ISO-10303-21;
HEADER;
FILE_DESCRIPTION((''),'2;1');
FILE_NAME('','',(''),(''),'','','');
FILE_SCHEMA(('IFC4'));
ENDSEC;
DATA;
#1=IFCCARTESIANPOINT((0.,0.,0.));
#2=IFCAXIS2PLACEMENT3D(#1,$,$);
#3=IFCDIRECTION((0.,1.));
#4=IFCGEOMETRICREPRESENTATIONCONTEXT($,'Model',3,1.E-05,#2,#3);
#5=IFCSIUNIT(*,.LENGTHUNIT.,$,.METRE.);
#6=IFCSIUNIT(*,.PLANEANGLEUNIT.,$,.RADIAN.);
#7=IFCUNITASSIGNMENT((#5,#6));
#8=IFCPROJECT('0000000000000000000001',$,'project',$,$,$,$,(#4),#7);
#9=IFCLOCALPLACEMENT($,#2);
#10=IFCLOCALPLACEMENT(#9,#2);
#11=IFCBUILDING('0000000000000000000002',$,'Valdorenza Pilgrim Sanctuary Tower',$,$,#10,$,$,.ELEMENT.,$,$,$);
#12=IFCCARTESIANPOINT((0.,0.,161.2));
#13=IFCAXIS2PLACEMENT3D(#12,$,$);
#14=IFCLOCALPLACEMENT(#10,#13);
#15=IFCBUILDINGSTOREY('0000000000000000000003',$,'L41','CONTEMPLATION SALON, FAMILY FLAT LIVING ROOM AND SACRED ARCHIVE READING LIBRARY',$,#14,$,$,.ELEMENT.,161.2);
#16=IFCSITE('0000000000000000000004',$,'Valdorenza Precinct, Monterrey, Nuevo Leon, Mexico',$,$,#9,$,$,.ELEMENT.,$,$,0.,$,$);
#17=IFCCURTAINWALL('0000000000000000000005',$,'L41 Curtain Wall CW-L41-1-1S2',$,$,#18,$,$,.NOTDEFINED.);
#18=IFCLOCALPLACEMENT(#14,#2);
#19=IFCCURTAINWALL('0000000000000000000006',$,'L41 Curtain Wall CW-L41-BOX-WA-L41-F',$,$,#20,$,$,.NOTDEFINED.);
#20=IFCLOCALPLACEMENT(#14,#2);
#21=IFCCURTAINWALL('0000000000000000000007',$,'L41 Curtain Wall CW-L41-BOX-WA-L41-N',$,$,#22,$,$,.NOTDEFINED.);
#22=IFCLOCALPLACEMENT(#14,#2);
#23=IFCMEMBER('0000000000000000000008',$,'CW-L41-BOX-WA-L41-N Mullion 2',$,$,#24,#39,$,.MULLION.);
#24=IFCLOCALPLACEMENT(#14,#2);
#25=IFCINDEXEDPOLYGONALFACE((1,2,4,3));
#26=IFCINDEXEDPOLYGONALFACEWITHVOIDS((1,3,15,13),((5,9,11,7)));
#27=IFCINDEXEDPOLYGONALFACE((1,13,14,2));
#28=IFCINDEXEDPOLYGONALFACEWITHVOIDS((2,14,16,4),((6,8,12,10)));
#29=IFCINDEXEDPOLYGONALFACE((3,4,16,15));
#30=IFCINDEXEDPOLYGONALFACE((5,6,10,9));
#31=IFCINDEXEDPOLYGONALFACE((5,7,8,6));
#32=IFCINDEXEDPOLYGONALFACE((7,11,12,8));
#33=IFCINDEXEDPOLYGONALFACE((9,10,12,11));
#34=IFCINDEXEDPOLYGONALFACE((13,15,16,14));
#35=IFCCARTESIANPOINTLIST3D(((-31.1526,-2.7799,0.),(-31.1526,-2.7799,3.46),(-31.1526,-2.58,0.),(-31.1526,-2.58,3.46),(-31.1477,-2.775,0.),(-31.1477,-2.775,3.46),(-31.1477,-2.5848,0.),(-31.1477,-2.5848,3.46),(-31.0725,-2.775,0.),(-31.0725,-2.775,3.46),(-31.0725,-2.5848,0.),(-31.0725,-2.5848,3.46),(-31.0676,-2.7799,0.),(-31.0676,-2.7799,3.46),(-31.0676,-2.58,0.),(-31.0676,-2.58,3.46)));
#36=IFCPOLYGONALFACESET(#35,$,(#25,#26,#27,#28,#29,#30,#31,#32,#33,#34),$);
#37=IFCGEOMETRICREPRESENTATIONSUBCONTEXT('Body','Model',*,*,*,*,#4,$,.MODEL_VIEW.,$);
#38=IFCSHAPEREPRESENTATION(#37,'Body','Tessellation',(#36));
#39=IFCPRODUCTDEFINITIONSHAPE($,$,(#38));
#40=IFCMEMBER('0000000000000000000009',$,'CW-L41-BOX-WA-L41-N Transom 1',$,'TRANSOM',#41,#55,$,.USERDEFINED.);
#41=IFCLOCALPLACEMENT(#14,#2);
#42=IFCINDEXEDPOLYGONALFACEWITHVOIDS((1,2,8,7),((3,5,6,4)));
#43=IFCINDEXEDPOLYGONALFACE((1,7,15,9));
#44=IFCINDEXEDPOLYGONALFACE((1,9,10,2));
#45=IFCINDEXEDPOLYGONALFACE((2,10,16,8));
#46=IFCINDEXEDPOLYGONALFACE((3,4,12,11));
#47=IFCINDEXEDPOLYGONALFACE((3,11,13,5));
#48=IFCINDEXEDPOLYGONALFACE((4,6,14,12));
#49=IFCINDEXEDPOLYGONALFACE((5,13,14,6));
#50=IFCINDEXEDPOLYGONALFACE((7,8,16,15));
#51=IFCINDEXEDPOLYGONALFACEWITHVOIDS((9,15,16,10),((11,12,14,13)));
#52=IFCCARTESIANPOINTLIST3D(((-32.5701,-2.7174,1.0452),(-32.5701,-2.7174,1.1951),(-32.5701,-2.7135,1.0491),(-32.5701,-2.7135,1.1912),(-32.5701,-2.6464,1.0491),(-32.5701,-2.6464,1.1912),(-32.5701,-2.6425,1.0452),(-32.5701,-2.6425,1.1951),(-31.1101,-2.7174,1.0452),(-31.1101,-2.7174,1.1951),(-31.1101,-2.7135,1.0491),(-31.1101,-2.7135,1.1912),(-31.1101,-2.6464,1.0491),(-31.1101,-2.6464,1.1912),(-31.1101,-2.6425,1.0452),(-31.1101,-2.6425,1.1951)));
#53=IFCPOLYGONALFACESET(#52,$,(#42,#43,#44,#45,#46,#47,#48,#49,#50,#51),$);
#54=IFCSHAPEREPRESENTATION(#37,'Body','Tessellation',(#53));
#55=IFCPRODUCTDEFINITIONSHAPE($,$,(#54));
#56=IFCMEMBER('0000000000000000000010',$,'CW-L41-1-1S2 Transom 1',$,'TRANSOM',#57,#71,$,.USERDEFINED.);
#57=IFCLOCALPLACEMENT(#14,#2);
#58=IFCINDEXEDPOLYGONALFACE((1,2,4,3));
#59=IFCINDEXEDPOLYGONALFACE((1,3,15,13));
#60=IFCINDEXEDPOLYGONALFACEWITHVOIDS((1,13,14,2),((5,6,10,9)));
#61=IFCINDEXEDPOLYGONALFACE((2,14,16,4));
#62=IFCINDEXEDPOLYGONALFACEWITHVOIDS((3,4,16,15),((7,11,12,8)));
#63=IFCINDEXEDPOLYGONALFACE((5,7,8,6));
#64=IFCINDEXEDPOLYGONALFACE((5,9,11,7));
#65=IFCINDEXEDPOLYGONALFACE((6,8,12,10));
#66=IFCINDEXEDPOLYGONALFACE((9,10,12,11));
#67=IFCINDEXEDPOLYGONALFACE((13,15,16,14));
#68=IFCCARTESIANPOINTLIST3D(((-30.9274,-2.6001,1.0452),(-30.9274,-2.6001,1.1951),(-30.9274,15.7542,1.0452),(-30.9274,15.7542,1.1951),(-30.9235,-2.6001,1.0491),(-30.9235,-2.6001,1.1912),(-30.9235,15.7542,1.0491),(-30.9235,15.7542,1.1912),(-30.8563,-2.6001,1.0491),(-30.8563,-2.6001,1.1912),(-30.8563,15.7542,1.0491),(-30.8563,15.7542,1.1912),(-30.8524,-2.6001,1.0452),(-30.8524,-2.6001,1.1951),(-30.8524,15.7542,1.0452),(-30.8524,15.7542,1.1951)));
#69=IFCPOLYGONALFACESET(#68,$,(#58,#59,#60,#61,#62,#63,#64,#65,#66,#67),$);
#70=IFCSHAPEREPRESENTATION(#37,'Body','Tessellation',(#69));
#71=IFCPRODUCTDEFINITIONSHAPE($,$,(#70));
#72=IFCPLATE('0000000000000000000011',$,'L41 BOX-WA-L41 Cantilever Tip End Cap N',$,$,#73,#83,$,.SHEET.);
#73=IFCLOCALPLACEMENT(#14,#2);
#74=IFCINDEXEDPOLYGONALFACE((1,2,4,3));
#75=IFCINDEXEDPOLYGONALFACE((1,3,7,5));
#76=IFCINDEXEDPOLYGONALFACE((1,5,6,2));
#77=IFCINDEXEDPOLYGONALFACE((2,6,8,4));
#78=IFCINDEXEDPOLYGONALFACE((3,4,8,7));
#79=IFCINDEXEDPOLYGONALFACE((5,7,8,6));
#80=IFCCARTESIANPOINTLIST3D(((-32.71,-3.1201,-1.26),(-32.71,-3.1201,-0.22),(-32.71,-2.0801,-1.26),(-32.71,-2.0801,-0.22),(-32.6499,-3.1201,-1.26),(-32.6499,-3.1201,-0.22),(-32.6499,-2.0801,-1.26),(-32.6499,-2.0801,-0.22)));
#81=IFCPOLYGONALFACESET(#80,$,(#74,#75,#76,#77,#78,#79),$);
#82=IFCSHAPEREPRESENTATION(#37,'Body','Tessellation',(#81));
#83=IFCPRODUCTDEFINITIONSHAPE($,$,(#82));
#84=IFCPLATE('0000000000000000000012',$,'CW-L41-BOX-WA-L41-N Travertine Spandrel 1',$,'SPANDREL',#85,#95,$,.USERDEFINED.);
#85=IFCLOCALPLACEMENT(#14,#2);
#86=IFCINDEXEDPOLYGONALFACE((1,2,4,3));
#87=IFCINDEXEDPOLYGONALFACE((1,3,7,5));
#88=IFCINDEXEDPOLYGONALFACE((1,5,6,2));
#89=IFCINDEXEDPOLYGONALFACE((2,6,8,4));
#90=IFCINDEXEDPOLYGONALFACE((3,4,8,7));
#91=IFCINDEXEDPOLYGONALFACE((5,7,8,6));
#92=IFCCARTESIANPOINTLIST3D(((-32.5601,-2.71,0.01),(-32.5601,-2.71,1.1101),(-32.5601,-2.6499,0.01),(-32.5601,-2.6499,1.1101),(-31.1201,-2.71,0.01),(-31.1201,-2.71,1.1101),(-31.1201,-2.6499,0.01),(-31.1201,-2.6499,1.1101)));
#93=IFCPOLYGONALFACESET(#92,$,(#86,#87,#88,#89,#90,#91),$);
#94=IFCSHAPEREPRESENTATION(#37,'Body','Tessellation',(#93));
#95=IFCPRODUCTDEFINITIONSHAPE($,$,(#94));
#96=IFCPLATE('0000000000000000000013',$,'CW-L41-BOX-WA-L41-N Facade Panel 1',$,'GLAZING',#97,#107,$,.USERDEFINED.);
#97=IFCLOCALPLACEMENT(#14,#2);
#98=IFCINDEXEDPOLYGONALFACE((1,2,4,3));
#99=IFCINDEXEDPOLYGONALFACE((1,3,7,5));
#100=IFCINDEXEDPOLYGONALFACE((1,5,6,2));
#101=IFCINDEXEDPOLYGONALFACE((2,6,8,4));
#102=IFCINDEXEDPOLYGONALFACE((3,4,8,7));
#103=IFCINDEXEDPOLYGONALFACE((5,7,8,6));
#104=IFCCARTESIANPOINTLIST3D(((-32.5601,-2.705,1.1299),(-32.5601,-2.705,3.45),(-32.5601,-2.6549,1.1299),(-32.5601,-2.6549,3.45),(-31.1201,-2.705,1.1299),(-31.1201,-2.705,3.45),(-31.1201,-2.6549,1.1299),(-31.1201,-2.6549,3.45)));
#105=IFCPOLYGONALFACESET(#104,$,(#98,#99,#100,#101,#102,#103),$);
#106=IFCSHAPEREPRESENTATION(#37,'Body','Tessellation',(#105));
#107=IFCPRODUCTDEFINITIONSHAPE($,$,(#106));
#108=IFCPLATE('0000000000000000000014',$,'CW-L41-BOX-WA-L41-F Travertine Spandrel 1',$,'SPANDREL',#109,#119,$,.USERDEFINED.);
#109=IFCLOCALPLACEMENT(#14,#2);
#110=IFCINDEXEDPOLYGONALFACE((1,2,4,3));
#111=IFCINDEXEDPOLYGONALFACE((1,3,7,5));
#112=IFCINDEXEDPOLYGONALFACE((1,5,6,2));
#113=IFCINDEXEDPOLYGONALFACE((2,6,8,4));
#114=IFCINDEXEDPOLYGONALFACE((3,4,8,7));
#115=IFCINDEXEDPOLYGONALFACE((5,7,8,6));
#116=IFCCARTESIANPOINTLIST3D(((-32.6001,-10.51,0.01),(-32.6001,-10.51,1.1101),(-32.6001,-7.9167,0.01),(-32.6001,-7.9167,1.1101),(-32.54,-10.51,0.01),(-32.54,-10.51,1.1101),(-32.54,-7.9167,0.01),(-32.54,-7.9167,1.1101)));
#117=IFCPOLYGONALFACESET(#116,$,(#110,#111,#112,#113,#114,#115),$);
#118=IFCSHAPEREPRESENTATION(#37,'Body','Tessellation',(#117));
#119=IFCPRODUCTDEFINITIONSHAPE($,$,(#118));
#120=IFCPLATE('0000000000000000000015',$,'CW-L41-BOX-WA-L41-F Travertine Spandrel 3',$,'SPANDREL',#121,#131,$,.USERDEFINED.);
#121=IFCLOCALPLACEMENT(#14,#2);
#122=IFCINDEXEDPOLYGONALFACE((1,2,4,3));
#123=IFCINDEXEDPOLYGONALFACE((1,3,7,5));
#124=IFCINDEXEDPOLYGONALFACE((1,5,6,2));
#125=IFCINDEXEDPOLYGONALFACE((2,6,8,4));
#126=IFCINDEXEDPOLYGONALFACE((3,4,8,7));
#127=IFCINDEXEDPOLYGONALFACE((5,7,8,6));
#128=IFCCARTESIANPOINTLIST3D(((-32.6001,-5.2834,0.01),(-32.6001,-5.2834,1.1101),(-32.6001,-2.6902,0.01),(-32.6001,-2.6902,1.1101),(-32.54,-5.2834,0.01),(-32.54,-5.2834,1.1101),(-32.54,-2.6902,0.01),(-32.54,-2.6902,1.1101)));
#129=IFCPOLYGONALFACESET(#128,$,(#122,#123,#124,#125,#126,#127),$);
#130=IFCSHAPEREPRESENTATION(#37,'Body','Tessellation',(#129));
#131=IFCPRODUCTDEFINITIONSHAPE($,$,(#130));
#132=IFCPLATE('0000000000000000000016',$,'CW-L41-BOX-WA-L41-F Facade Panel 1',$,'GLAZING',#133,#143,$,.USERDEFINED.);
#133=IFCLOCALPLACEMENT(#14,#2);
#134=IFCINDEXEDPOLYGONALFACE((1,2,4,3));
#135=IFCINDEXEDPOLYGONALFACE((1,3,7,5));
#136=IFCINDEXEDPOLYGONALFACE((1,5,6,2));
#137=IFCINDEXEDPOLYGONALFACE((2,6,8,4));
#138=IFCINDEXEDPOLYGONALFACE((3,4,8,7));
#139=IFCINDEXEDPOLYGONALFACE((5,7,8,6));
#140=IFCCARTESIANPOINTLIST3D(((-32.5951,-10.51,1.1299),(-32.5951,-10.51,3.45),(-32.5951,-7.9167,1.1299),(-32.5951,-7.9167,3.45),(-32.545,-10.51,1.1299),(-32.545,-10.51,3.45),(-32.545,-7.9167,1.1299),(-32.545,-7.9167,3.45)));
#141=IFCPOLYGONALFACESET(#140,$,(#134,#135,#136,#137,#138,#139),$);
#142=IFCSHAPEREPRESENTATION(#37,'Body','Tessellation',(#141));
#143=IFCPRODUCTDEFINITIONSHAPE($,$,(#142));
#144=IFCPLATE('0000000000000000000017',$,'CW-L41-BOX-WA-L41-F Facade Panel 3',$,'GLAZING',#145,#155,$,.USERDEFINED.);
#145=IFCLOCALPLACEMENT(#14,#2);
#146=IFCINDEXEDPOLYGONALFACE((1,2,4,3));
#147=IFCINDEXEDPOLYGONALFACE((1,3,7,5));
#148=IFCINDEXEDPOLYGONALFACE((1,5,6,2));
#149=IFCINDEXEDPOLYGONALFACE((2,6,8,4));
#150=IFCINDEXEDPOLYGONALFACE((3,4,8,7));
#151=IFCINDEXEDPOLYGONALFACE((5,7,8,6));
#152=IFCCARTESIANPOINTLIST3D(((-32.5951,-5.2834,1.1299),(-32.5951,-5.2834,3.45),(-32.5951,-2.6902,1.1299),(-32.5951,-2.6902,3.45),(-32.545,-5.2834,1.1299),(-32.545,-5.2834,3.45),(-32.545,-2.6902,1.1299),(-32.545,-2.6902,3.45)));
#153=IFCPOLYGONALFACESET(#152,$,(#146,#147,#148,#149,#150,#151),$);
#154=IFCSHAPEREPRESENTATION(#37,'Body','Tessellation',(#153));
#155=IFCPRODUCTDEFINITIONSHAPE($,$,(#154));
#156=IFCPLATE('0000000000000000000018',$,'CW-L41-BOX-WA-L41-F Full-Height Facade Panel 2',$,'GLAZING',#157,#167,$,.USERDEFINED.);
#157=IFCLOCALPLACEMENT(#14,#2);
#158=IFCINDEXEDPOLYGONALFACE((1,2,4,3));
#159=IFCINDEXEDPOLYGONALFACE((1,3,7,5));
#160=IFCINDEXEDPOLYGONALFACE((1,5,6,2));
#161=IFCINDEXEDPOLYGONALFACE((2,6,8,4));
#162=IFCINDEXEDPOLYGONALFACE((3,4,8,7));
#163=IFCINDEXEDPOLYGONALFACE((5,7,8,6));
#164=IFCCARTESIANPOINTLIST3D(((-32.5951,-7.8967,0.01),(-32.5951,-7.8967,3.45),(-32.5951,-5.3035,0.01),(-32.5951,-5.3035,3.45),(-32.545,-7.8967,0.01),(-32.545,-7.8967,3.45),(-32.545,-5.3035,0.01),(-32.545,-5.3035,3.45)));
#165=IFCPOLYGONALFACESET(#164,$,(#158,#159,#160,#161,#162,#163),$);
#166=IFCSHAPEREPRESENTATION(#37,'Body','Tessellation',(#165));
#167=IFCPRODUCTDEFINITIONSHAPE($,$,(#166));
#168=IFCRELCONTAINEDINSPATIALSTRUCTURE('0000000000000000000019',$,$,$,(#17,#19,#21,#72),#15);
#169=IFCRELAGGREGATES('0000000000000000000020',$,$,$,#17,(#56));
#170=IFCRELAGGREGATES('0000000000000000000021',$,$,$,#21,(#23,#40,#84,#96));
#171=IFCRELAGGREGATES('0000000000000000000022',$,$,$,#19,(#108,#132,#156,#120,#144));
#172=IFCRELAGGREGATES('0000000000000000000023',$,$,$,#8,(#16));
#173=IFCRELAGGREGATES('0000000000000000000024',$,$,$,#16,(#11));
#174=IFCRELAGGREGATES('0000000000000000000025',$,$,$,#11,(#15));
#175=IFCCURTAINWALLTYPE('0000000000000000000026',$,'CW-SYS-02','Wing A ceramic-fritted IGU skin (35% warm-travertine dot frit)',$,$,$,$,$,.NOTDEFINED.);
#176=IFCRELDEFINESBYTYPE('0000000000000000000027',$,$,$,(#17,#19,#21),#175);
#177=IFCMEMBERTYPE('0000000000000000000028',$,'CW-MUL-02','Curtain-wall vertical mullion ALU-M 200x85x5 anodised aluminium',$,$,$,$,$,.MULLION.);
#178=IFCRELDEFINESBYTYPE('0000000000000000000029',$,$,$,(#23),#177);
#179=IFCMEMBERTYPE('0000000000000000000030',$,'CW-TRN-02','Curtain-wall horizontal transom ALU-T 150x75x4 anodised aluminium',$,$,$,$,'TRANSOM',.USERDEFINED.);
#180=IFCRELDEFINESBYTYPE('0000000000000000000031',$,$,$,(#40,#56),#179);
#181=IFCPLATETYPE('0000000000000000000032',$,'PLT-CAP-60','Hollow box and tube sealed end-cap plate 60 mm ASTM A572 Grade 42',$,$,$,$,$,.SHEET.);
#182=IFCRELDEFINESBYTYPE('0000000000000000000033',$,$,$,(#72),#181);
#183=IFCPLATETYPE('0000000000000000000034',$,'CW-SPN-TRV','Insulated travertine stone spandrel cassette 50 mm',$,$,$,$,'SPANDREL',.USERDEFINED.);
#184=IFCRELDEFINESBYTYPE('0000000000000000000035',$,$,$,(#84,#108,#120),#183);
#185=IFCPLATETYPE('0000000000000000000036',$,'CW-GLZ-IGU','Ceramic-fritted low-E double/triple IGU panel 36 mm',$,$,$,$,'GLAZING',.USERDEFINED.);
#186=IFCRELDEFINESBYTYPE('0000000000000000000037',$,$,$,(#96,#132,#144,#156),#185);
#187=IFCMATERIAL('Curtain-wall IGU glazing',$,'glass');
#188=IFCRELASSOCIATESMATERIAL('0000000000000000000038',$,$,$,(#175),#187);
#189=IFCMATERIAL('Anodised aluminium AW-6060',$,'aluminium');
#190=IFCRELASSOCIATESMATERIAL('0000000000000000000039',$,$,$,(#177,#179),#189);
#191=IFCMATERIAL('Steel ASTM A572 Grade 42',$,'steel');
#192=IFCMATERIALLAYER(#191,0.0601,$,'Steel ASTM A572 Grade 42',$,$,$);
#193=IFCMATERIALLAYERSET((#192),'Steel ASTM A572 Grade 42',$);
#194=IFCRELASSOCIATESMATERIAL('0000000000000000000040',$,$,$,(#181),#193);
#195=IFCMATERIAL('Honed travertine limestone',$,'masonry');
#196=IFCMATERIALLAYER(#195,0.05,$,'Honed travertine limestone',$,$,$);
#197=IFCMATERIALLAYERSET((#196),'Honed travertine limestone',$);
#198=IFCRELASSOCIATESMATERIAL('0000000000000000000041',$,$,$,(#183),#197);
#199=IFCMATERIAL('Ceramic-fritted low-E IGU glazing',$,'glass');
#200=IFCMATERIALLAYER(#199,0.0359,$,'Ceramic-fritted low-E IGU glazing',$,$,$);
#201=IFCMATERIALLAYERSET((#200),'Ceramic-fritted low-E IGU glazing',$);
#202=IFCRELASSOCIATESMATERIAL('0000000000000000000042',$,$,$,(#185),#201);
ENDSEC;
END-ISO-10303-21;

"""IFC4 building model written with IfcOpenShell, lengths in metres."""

from ifc_helpers import new_model, si_unit, direction, frame, origin, origin_2d, place, context, subcontext, project, spatial, rectangle, hollow_rectangle, extrude, source, transform, mapped, material, layer, layer_set, material_profile, profile_set, type_object, element, aggregate, save


model = new_model("IFC4")

# Units and contexts
model_context = context("Model", 3, precision=1e-05, world=origin(), true_north=direction((0.0, 1.0)))
body_context = subcontext(model_context, "Body", "Model", "MODEL_VIEW")
ifc_project = project(units=[si_unit("LENGTHUNIT", "METRE"), si_unit("PLANEANGLEUNIT", "RADIAN")], contexts=[model_context])

# Site, building, storey
site_placement = place(None, origin())
site = spatial("IfcSite", under=ifc_project, at=site_placement, Name="Valdorenza Precinct, Monterrey, Nuevo Leon, Mexico", CompositionType="ELEMENT", RefElevation=0.0)
building_placement = place(site_placement, origin())
building = spatial("IfcBuilding", under=site, at=building_placement, Name="Valdorenza Pilgrim Sanctuary Tower", CompositionType="ELEMENT")
storey_placement = place(building_placement, frame((0.0, 0.0, 161.2)))
storey = spatial("IfcBuildingStorey", under=building, at=storey_placement, Name="L41", Description="CONTEMPLATION SALON, FAMILY FLAT LIVING ROOM AND SACRED ARCHIVE READING LIBRARY", CompositionType="ELEMENT", Elevation=161.2)

# Shared definitions
ifc_material_1 = material(Name="Steel ASTM A572 Grade 42", Category="steel")

# Curtain wall
ifc_material_2 = material(Name="Curtain-wall IGU glazing", Category="glass")
curtain_wall_type = type_object("IfcCurtainWallType", Name="CW-SYS-02", Description="Wing A ceramic-fritted IGU skin (35% warm-travertine dot frit)", PredefinedType="NOTDEFINED", material=ifc_material_2)
curtain_wall_1_placement = place(storey_placement, origin())
curtain_wall_1 = element("IfcCurtainWall", 1, at=curtain_wall_1_placement, inside=storey, type_object=curtain_wall_type, Name="L41 Curtain Wall CW-L41-1-1S2", PredefinedType="NOTDEFINED")
ifc_material_3 = material(Name="Anodised aluminium AW-6060", Category="aluminium")
ifc_material_profile_1 = material_profile(ifc_material_3, hollow_rectangle(XDim=0.085, YDim=0.2, WallThickness=0.0049, at=origin_2d()), Name="ALU-M 200x85x5")
ifc_profile_set_1 = profile_set([ifc_material_profile_1], Name="Anodised aluminium AW-6060")
member_type_1 = type_object("IfcMemberType", Name="CW-MUL-02", Description="Curtain-wall vertical mullion ALU-M 200x85x5 anodised aluminium", PredefinedType="MULLION", material=ifc_profile_set_1)
shared_shape_1 = source(origin(), body_context, "Body", "SweptSolid", [
    extrude(hollow_rectangle(XDim=0.085, YDim=0.2, WallThickness=0.0049, at=origin_2d()), origin(), (0.0, 0.0, 1.0), 3.46),
])

# Curtain walls, members
curtain_wall_2_placement = place(storey_placement, origin())
curtain_wall_2 = element("IfcCurtainWall", 2, at=curtain_wall_2_placement, inside=storey, type_object=curtain_wall_type, Name="L41 Curtain Wall CW-L41-BOX-WA-L41-F", PredefinedType="NOTDEFINED")
curtain_wall_3_placement = place(storey_placement, origin())
curtain_wall_3 = element("IfcCurtainWall", 3, at=curtain_wall_3_placement, inside=storey, type_object=curtain_wall_type, Name="L41 Curtain Wall CW-L41-BOX-WA-L41-N", PredefinedType="NOTDEFINED")
member_1_placement = place(storey_placement, frame((-31.1101, -2.6799, 0.0), z_axis=(0.0, 0.0, 1.0), x_axis=(1.0, 0.0, 0.0)))
member_1 = element("IfcMember", 4, at=member_1_placement, type_object=member_type_1, Name="CW-L41-BOX-WA-L41-N Mullion 2", PredefinedType="MULLION", context=body_context, shape_type="MappedRepresentation", body=[
    mapped(shared_shape_1, transform((0.0, 0.0, 0.0), x_axis=(1.0, 0.0, 0.0), y_axis=(0.0, 1.0, 0.0), z_axis=(0.0, 0.0, 1.0), scale=1.0)),
])
ifc_material_profile_2 = material_profile(ifc_material_3, hollow_rectangle(XDim=0.075, YDim=0.1499, WallThickness=0.0039, at=origin_2d()), Name="ALU-T 150x75x4")
ifc_profile_set_2 = profile_set([ifc_material_profile_2], Name="Anodised aluminium AW-6060")
member_type_2 = type_object("IfcMemberType", Name="CW-TRN-02", Description="Curtain-wall horizontal transom ALU-T 150x75x4 anodised aluminium", ElementType="TRANSOM", PredefinedType="USERDEFINED", material=ifc_profile_set_2)
shared_shape_2 = source(origin(), body_context, "Body", "SweptSolid", [
    extrude(hollow_rectangle(XDim=0.075, YDim=0.1499, WallThickness=0.0039, at=origin_2d()), origin(), (0.0, 0.0, 1.0), 1.46),
])
member_2_placement = place(storey_placement, frame((-32.5701, -2.6799, 1.1201), z_axis=(1.0, 0.0, 0.0), x_axis=(0.0, 1.0, 0.0)))
member_2 = element("IfcMember", 5, at=member_2_placement, type_object=member_type_2, Name="CW-L41-BOX-WA-L41-N Transom 1", ObjectType="TRANSOM", PredefinedType="USERDEFINED", context=body_context, shape_type="MappedRepresentation", body=[
    mapped(shared_shape_2, transform((0.0, 0.0, 0.0), x_axis=(1.0, 0.0, 0.0), y_axis=(0.0, 1.0, 0.0), z_axis=(0.0, 0.0, 1.0), scale=1.0)),
])

# Member
shared_shape_3 = source(origin(), body_context, "Body", "SweptSolid", [
    extrude(hollow_rectangle(XDim=0.075, YDim=0.1499, WallThickness=0.0039, at=origin_2d()), origin(), (0.0, 0.0, 1.0), 18.3542),
])
member_3_placement = place(storey_placement, frame((-30.8899, -2.6001, 1.1201), z_axis=(0.0, 1.0, 0.0), x_axis=(-1.0, 0.0, 0.0)))
member_3 = element("IfcMember", 6, at=member_3_placement, type_object=member_type_2, Name="CW-L41-1-1S2 Transom 1", ObjectType="TRANSOM", PredefinedType="USERDEFINED", context=body_context, shape_type="MappedRepresentation", body=[
    mapped(shared_shape_3, transform((0.0, 0.0, 0.0), x_axis=(1.0, 0.0, 0.0), y_axis=(0.0, 1.0, 0.0), z_axis=(0.0, 0.0, 1.0), scale=1.0)),
])
aggregate(curtain_wall_1, [member_3])

# Plates
ifc_layer_1 = layer(ifc_material_1, 0.0601, Name="Steel ASTM A572 Grade 42")
ifc_layer_set_1 = layer_set([ifc_layer_1], Name="Steel ASTM A572 Grade 42")
plate_type_1 = type_object("IfcPlateType", Name="PLT-CAP-60", Description="Hollow box and tube sealed end-cap plate 60 mm ASTM A572 Grade 42", PredefinedType="SHEET", material=ifc_layer_set_1)
shared_shape_4 = source(origin(), body_context, "Body", "SweptSolid", [
    extrude(rectangle(XDim=0.0601, YDim=1.04, at=origin_2d()), origin(), (0.0, 0.0, 1.0), 1.04),
])
plate_1_placement = place(storey_placement, frame((-32.6799, -2.6001, -1.26), z_axis=(0.0, 0.0, 1.0), x_axis=(1.0, 0.0, 0.0)))
element("IfcPlate", 7, at=plate_1_placement, inside=storey, type_object=plate_type_1, Name="L41 BOX-WA-L41 Cantilever Tip End Cap N", PredefinedType="SHEET", context=body_context, shape_type="MappedRepresentation", body=[
    mapped(shared_shape_4, transform((0.0, 0.0, 0.0), x_axis=(1.0, 0.0, 0.0), y_axis=(0.0, 1.0, 0.0), z_axis=(0.0, 0.0, 1.0), scale=1.0)),
])
ifc_material_4 = material(Name="Honed travertine limestone", Category="masonry")
ifc_layer_2 = layer(ifc_material_4, 0.05, Name="Honed travertine limestone")
ifc_layer_set_2 = layer_set([ifc_layer_2], Name="Honed travertine limestone")
plate_type_2 = type_object("IfcPlateType", Name="CW-SPN-TRV", Description="Insulated travertine stone spandrel cassette 50 mm", ElementType="SPANDREL", PredefinedType="USERDEFINED", material=ifc_layer_set_2)
shared_shape_5 = source(origin(), body_context, "Body", "SweptSolid", [
    extrude(rectangle(XDim=1.4399, YDim=0.0601, at=origin_2d()), origin(), (0.0, 0.0, 1.0), 1.1001),
])
plate_2_placement = place(storey_placement, frame((-31.8401, -2.6799, 0.01), z_axis=(0.0, 0.0, 1.0), x_axis=(1.0, 0.0, 0.0)))
plate_2 = element("IfcPlate", 8, at=plate_2_placement, type_object=plate_type_2, Name="CW-L41-BOX-WA-L41-N Travertine Spandrel 1", ObjectType="SPANDREL", PredefinedType="USERDEFINED", context=body_context, shape_type="MappedRepresentation", body=[
    mapped(shared_shape_5, transform((0.0, 0.0, 0.0), x_axis=(1.0, 0.0, 0.0), y_axis=(0.0, 1.0, 0.0), z_axis=(0.0, 0.0, 1.0), scale=1.0)),
])
ifc_material_5 = material(Name="Ceramic-fritted low-E IGU glazing", Category="glass")
ifc_layer_3 = layer(ifc_material_5, 0.0359, Name="Ceramic-fritted low-E IGU glazing")
ifc_layer_set_3 = layer_set([ifc_layer_3], Name="Ceramic-fritted low-E IGU glazing")
plate_type_3 = type_object("IfcPlateType", Name="CW-GLZ-IGU", Description="Ceramic-fritted low-E double/triple IGU panel 36 mm", ElementType="GLAZING", PredefinedType="USERDEFINED", material=ifc_layer_set_3)
shared_shape_6 = source(origin(), body_context, "Body", "SweptSolid", [
    extrude(rectangle(XDim=1.4399, YDim=0.05, at=origin_2d()), origin(), (0.0, 0.0, 1.0), 2.3201),
])
plate_3_placement = place(storey_placement, frame((-31.8401, -2.6799, 1.1299), z_axis=(0.0, 0.0, 1.0), x_axis=(1.0, 0.0, 0.0)))
plate_3 = element("IfcPlate", 9, at=plate_3_placement, type_object=plate_type_3, Name="CW-L41-BOX-WA-L41-N Facade Panel 1", ObjectType="GLAZING", PredefinedType="USERDEFINED", context=body_context, shape_type="MappedRepresentation", body=[
    mapped(shared_shape_6, transform((0.0, 0.0, 0.0), x_axis=(1.0, 0.0, 0.0), y_axis=(0.0, 1.0, 0.0), z_axis=(0.0, 0.0, 1.0), scale=1.0)),
])
aggregate(curtain_wall_3, [member_1, member_2, plate_2, plate_3])
shared_shape_7 = source(origin(), body_context, "Body", "SweptSolid", [
    extrude(rectangle(XDim=2.5933, YDim=0.0601, at=origin_2d()), origin(), (0.0, 0.0, 1.0), 1.1001),
])
plate_4_placement = place(storey_placement, frame((-32.5701, -9.2134, 0.01), z_axis=(0.0, 0.0, 1.0), x_axis=(0.0, 1.0, 0.0)))
plate_4 = element("IfcPlate", 10, at=plate_4_placement, type_object=plate_type_2, Name="CW-L41-BOX-WA-L41-F Travertine Spandrel 1", ObjectType="SPANDREL", PredefinedType="USERDEFINED", context=body_context, shape_type="MappedRepresentation", body=[
    mapped(shared_shape_7, transform((0.0, 0.0, 0.0), x_axis=(1.0, 0.0, 0.0), y_axis=(0.0, 1.0, 0.0), z_axis=(0.0, 0.0, 1.0), scale=1.0)),
])
plate_5_placement = place(storey_placement, frame((-32.5701, -3.9868, 0.01), z_axis=(0.0, 0.0, 1.0), x_axis=(0.0, 1.0, 0.0)))
plate_5 = element("IfcPlate", 11, at=plate_5_placement, type_object=plate_type_2, Name="CW-L41-BOX-WA-L41-F Travertine Spandrel 3", ObjectType="SPANDREL", PredefinedType="USERDEFINED", context=body_context, shape_type="MappedRepresentation", body=[
    mapped(shared_shape_7, transform((0.0, 0.0, 0.0), x_axis=(1.0, 0.0, 0.0), y_axis=(0.0, 1.0, 0.0), z_axis=(0.0, 0.0, 1.0), scale=1.0)),
])
shared_shape_8 = source(origin(), body_context, "Body", "SweptSolid", [
    extrude(rectangle(XDim=2.5933, YDim=0.05, at=origin_2d()), origin(), (0.0, 0.0, 1.0), 2.3201),
])
plate_6_placement = place(storey_placement, frame((-32.5701, -9.2134, 1.1299), z_axis=(0.0, 0.0, 1.0), x_axis=(0.0, 1.0, 0.0)))
plate_6 = element("IfcPlate", 12, at=plate_6_placement, type_object=plate_type_3, Name="CW-L41-BOX-WA-L41-F Facade Panel 1", ObjectType="GLAZING", PredefinedType="USERDEFINED", context=body_context, shape_type="MappedRepresentation", body=[
    mapped(shared_shape_8, transform((0.0, 0.0, 0.0), x_axis=(1.0, 0.0, 0.0), y_axis=(0.0, 1.0, 0.0), z_axis=(0.0, 0.0, 1.0), scale=1.0)),
])
plate_7_placement = place(storey_placement, frame((-32.5701, -3.9868, 1.1299), z_axis=(0.0, 0.0, 1.0), x_axis=(0.0, 1.0, 0.0)))
plate_7 = element("IfcPlate", 13, at=plate_7_placement, type_object=plate_type_3, Name="CW-L41-BOX-WA-L41-F Facade Panel 3", ObjectType="GLAZING", PredefinedType="USERDEFINED", context=body_context, shape_type="MappedRepresentation", body=[
    mapped(shared_shape_8, transform((0.0, 0.0, 0.0), x_axis=(1.0, 0.0, 0.0), y_axis=(0.0, 1.0, 0.0), z_axis=(0.0, 0.0, 1.0), scale=1.0)),
])
shared_shape_9 = source(origin(), body_context, "Body", "SweptSolid", [
    extrude(rectangle(XDim=2.5933, YDim=0.05, at=origin_2d()), origin(), (0.0, 0.0, 1.0), 3.4399),
])
plate_8_placement = place(storey_placement, frame((-32.5701, -6.6001, 0.01), z_axis=(0.0, 0.0, 1.0), x_axis=(0.0, 1.0, 0.0)))
plate_8 = element("IfcPlate", 14, at=plate_8_placement, type_object=plate_type_3, Name="CW-L41-BOX-WA-L41-F Full-Height Facade Panel 2", ObjectType="GLAZING", PredefinedType="USERDEFINED", context=body_context, shape_type="MappedRepresentation", body=[
    mapped(shared_shape_9, transform((0.0, 0.0, 0.0), x_axis=(1.0, 0.0, 0.0), y_axis=(0.0, 1.0, 0.0), z_axis=(0.0, 0.0, 1.0), scale=1.0)),
])
aggregate(curtain_wall_2, [plate_4, plate_6, plate_8, plate_5, plate_7])

save(model, "model.ifc")
